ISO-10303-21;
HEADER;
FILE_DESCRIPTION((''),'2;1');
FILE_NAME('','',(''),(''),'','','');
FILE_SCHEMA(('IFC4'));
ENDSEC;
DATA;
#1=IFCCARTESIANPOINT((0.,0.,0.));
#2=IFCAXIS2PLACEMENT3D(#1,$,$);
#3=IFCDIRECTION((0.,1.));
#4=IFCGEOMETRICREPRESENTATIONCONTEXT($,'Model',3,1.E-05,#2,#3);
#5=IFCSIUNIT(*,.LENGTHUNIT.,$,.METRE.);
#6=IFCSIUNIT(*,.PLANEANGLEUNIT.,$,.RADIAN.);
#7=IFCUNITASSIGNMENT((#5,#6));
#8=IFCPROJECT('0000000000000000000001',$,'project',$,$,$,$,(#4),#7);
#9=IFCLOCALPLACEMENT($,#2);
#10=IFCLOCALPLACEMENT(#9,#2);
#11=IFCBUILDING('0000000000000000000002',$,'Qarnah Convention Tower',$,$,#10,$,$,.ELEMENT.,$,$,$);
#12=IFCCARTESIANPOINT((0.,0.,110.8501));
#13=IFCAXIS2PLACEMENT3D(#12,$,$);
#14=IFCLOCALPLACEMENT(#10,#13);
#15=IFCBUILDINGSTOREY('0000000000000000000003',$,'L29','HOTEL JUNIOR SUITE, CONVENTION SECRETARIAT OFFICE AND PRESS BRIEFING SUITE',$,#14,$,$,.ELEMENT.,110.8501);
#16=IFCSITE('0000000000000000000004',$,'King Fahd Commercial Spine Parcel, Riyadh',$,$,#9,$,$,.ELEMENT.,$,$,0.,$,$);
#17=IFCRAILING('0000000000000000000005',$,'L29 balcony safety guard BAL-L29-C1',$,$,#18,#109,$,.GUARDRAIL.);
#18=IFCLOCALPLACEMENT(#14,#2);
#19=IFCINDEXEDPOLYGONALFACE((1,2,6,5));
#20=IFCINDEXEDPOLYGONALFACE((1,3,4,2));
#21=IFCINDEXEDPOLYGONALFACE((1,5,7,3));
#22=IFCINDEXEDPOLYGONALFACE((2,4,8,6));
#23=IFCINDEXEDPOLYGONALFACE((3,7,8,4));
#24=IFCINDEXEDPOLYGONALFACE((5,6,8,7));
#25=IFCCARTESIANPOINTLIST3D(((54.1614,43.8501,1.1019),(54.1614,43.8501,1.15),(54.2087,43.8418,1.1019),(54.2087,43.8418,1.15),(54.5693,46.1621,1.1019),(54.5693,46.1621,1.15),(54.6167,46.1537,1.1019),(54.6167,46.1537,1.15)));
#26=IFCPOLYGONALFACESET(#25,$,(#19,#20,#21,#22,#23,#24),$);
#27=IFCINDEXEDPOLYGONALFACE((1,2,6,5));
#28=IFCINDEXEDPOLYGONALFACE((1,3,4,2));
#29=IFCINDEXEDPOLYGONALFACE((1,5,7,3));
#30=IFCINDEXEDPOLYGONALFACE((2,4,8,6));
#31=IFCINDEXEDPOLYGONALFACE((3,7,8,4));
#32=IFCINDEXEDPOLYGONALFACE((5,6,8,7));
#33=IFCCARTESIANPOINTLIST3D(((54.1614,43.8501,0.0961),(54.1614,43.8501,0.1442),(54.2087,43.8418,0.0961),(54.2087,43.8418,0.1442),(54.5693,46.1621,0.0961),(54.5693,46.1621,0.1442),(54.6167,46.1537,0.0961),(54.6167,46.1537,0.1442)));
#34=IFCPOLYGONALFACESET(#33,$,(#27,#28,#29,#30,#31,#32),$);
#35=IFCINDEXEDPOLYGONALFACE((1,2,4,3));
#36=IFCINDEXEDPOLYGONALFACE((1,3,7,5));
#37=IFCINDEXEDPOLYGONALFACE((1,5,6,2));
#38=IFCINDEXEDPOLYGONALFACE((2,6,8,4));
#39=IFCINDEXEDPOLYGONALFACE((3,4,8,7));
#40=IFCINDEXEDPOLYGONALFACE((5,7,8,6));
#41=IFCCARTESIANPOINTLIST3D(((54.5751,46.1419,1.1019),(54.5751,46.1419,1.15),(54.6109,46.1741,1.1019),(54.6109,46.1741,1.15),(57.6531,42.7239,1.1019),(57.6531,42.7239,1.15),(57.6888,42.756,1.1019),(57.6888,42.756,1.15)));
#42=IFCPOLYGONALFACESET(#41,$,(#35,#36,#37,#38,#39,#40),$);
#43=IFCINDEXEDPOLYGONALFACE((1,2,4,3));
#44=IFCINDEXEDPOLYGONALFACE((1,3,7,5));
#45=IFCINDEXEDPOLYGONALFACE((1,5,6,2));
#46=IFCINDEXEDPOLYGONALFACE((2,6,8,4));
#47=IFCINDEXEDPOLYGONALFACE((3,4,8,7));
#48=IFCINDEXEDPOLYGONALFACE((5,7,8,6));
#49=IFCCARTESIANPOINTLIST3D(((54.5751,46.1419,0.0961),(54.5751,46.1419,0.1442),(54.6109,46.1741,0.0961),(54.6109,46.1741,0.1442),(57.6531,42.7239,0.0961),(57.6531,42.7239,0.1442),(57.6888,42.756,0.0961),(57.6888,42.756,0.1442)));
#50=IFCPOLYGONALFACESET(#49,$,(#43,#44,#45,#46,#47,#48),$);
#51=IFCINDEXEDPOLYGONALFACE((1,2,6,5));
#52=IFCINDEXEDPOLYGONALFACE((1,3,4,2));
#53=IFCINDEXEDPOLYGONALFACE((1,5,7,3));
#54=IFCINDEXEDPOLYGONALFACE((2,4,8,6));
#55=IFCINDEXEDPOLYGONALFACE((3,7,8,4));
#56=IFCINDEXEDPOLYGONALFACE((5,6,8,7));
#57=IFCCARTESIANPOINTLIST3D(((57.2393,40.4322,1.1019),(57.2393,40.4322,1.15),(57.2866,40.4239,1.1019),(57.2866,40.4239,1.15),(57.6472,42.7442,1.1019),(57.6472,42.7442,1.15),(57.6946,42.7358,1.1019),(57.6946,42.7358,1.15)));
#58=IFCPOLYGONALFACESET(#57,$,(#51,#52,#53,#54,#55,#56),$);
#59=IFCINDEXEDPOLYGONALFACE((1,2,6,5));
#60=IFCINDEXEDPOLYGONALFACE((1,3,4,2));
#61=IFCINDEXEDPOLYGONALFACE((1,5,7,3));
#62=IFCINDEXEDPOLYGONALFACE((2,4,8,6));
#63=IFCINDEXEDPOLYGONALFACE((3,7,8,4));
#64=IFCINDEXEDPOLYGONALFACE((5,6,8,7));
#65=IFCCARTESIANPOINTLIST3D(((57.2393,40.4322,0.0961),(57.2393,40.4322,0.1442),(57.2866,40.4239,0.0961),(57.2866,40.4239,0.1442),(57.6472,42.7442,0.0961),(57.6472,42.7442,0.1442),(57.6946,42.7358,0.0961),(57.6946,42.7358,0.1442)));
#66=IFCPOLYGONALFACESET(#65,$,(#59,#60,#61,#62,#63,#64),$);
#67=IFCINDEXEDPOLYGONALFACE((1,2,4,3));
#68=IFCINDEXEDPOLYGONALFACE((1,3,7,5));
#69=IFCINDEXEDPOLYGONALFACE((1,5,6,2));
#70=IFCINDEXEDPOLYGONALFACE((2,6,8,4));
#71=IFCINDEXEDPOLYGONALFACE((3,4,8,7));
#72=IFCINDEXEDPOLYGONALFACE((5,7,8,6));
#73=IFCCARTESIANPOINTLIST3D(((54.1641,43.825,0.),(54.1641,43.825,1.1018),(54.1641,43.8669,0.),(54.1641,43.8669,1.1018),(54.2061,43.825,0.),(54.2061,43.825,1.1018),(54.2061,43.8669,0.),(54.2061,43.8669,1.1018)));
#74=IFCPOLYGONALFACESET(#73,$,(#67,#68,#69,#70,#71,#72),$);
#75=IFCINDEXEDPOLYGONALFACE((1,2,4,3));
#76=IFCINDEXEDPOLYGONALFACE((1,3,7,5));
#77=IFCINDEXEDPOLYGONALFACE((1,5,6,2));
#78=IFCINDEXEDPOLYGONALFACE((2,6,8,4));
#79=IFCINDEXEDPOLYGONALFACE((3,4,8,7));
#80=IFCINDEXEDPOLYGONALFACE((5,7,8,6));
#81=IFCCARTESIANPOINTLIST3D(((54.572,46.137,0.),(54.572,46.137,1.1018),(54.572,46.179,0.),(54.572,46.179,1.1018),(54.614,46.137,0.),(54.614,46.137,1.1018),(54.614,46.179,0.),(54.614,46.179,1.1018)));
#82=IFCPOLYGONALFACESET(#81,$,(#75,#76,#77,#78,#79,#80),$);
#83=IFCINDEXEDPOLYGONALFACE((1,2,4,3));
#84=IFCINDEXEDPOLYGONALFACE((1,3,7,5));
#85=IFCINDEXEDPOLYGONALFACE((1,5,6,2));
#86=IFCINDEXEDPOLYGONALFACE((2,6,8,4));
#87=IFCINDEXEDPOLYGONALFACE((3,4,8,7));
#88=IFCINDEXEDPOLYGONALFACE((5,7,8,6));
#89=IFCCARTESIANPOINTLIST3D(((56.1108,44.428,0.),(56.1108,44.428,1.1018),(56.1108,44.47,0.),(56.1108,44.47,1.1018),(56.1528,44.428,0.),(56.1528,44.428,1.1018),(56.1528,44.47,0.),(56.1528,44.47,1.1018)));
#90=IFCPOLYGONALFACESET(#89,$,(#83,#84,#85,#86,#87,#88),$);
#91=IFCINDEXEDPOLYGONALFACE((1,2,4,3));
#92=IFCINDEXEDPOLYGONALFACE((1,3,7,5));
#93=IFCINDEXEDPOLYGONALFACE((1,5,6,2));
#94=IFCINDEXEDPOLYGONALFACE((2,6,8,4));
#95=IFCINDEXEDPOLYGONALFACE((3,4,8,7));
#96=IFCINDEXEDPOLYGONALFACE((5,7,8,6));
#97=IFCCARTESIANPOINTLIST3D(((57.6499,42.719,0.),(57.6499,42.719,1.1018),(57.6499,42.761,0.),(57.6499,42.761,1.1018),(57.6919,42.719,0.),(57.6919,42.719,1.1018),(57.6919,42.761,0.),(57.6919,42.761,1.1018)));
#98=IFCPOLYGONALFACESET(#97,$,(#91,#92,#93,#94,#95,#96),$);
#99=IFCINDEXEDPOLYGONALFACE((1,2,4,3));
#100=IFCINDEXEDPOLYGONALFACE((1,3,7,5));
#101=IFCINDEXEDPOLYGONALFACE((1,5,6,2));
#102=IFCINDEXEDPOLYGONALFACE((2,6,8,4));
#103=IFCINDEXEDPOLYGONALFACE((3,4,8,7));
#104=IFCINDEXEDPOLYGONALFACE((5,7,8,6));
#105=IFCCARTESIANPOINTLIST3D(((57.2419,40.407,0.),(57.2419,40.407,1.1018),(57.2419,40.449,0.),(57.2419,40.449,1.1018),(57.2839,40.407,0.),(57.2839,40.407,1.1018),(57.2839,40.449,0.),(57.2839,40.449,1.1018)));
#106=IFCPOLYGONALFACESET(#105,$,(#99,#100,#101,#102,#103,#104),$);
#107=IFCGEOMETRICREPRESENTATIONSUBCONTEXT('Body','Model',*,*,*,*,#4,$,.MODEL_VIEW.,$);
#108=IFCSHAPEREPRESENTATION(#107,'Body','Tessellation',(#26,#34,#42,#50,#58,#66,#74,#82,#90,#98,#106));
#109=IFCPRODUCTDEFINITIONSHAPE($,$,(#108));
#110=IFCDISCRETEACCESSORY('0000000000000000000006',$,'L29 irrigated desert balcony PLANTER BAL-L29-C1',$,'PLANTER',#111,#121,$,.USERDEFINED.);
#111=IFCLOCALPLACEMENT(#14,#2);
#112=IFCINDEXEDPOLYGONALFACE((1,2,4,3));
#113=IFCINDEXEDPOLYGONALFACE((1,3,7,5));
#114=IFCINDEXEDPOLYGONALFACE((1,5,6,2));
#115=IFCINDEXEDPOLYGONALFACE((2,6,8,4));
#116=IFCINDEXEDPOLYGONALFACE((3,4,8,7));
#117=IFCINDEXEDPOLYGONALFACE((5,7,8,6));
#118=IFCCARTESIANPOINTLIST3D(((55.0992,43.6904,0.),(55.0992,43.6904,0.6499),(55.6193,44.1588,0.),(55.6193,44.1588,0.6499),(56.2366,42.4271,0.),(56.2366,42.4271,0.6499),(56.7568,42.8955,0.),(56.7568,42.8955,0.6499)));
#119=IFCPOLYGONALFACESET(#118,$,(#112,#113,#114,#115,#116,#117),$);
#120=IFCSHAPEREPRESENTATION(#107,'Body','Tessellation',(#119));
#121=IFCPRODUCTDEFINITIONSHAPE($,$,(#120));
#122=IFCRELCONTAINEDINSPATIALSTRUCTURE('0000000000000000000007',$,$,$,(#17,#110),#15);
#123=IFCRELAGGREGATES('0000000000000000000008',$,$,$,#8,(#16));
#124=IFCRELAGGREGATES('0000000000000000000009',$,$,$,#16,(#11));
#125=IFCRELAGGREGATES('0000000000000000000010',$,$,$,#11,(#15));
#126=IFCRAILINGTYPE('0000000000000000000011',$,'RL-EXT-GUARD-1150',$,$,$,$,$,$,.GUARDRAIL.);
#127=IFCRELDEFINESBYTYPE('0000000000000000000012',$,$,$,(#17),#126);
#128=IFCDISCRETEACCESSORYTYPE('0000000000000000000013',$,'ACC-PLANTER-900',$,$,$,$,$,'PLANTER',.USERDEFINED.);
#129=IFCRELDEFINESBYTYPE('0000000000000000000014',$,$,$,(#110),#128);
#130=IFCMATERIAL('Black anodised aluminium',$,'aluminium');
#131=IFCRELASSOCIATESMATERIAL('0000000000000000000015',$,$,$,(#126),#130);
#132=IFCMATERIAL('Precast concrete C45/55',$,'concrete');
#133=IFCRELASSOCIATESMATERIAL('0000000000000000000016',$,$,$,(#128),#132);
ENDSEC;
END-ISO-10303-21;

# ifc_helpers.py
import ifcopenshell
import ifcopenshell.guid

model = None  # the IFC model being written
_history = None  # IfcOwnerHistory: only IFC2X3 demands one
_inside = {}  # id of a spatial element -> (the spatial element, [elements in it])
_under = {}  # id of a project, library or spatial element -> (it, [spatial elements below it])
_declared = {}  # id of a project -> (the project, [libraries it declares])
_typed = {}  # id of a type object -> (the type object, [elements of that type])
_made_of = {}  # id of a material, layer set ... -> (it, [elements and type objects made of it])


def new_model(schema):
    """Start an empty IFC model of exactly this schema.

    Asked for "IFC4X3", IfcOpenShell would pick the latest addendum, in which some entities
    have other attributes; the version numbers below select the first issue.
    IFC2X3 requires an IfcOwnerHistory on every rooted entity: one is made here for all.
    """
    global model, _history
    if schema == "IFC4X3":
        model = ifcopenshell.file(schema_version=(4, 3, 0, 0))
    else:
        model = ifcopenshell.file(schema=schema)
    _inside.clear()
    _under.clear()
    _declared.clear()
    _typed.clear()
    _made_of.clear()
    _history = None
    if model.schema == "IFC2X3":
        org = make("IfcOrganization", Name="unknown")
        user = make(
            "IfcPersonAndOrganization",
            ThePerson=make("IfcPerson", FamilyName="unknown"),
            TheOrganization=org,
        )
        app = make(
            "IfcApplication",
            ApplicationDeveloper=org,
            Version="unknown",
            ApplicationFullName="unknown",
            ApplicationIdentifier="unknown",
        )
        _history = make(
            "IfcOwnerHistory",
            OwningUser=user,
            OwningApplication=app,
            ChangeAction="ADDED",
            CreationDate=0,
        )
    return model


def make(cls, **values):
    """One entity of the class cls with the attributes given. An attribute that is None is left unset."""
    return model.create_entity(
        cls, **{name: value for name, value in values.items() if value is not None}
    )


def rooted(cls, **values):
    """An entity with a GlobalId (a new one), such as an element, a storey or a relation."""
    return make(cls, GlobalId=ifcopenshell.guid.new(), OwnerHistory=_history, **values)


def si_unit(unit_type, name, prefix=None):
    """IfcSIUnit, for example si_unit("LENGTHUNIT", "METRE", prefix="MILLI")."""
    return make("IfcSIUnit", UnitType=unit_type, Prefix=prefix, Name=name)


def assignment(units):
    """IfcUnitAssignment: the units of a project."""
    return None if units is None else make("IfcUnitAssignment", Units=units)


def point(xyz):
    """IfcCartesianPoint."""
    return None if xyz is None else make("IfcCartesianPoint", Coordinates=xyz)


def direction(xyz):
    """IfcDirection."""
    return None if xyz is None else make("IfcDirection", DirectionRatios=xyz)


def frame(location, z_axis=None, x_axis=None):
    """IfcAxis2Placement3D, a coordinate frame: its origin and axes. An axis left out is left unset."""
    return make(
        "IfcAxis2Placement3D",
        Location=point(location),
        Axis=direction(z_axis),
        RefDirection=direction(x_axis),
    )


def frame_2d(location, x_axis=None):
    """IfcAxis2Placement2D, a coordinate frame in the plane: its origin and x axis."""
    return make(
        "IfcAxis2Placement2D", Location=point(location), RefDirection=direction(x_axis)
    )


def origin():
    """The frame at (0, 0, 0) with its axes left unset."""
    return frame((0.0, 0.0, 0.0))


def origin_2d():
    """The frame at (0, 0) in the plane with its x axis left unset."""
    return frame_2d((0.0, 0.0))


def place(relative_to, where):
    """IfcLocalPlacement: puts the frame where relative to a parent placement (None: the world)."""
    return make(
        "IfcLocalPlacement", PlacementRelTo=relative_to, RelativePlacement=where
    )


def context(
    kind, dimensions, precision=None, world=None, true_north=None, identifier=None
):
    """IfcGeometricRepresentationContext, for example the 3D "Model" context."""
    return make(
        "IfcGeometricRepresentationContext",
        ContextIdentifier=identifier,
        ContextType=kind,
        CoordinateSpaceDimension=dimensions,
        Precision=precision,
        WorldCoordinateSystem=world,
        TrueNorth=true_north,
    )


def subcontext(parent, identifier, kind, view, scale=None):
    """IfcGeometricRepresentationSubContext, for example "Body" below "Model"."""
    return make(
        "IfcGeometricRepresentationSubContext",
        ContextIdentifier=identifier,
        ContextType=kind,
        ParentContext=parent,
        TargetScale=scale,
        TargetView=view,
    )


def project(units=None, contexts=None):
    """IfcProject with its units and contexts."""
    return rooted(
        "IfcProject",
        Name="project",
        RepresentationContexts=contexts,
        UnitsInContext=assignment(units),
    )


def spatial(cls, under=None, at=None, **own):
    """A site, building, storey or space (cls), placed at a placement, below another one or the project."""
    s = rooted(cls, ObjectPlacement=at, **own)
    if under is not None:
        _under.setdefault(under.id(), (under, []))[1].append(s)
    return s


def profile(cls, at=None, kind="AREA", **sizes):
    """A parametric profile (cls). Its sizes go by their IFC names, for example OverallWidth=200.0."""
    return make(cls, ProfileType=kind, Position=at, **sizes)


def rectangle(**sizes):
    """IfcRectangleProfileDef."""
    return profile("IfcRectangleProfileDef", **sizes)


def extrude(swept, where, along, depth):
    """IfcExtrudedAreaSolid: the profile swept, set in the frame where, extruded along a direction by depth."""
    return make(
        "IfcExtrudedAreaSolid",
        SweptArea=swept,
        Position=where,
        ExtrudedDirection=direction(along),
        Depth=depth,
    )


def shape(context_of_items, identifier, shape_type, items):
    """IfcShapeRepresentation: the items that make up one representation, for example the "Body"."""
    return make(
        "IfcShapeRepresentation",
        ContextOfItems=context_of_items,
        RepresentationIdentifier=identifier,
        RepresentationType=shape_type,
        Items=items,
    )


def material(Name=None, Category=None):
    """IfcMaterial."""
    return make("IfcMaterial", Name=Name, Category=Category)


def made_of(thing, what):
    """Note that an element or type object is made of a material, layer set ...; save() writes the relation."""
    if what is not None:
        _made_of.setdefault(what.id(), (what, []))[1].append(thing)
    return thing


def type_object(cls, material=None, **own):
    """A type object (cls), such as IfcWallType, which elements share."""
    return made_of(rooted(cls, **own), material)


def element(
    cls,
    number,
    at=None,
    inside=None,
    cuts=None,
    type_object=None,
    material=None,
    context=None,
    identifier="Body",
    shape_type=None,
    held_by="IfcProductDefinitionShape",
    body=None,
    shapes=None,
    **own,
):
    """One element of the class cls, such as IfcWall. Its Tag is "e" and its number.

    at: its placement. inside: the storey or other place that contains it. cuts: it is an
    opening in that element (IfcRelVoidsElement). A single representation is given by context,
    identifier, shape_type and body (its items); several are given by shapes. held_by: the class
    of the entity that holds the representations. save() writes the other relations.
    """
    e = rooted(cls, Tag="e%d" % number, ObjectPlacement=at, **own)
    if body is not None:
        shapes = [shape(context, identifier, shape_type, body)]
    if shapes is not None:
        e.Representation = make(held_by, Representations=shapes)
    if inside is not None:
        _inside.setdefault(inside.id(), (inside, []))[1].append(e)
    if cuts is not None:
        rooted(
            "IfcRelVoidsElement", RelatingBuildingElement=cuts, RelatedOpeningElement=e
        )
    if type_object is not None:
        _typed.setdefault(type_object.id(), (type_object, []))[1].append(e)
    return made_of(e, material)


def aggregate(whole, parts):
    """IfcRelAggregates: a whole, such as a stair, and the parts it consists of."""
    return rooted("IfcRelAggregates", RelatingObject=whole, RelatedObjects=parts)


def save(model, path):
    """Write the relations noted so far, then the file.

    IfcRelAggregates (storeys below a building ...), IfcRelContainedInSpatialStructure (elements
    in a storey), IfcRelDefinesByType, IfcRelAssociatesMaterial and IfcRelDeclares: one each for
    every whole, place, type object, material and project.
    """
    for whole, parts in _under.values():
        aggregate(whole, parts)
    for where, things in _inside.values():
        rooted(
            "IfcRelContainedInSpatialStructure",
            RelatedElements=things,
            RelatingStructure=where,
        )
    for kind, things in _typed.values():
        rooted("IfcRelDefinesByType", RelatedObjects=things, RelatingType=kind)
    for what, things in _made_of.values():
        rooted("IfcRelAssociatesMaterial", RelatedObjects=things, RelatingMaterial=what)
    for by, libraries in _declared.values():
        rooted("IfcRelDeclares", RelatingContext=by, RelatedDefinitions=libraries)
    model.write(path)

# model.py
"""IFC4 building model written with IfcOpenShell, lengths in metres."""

from ifc_helpers import new_model, si_unit, direction, frame, origin, origin_2d, place, context, subcontext, project, spatial, rectangle, extrude, material, type_object, element, save


model = new_model("IFC4")

# Units and contexts
model_context = context("Model", 3, precision=1e-05, world=origin(), true_north=direction((0.0, 1.0)))
body_context = subcontext(model_context, "Body", "Model", "MODEL_VIEW")
ifc_project = project(units=[si_unit("LENGTHUNIT", "METRE"), si_unit("PLANEANGLEUNIT", "RADIAN")], contexts=[model_context])

# Site, building, storey
site_placement = place(None, origin())
site = spatial("IfcSite", under=ifc_project, at=site_placement, Name="King Fahd Commercial Spine Parcel, Riyadh", CompositionType="ELEMENT", RefElevation=0.0)
building_placement = place(site_placement, origin())
building = spatial("IfcBuilding", under=site, at=building_placement, Name="Qarnah Convention Tower", CompositionType="ELEMENT")
storey_placement = place(building_placement, frame((0.0, 0.0, 110.8501)))
storey = spatial("IfcBuildingStorey", under=building, at=storey_placement, Name="L29", Description="HOTEL JUNIOR SUITE, CONVENTION SECRETARIAT OFFICE AND PRESS BRIEFING SUITE", CompositionType="ELEMENT", Elevation=110.8501)

# Shared definitions
ifc_material_1 = material(Name="Black anodised aluminium", Category="aluminium")

# Shared definitions
ifc_material_2 = material(Name="Precast concrete C45/55", Category="concrete")

# Railing
railing_type = type_object("IfcRailingType", Name="RL-EXT-GUARD-1150", PredefinedType="GUARDRAIL", material=ifc_material_1)
railing_1_placement = place(storey_placement, frame((54.1851, 43.8459, 0.0)))
element("IfcRailing", 1, at=railing_1_placement, inside=storey, type_object=railing_type, Name="L29 balcony safety guard BAL-L29-C1", PredefinedType="GUARDRAIL", context=body_context, shape_type="SweptSolid", body=[
    extrude(rectangle(XDim=0.0481, YDim=0.0481, at=origin_2d()), frame((0.0, 0.0, 1.126), z_axis=(0.173768, 0.984787, 0.0), x_axis=(-0.984787, 0.173768, 0.0)), (0.0, 0.0, 1.0), 2.3477),
    extrude(rectangle(XDim=0.0481, YDim=0.0481, at=origin_2d()), frame((0.0, 0.0, 0.1201), z_axis=(0.173768, 0.984787, 0.0), x_axis=(-0.984787, 0.173768, 0.0)), (0.0, 0.0, 1.0), 2.3477),
    extrude(rectangle(XDim=0.0481, YDim=0.0481, at=origin_2d()), frame((0.408, 2.312, 1.126), z_axis=(0.66917, -0.743109, 0.0), x_axis=(0.743109, 0.66917, 0.0)), (0.0, 0.0, 1.0), 4.5996),
    extrude(rectangle(XDim=0.0481, YDim=0.0481, at=origin_2d()), frame((0.408, 2.312, 0.1201), z_axis=(0.66917, -0.743109, 0.0), x_axis=(0.743109, 0.66917, 0.0)), (0.0, 0.0, 1.0), 4.5996),
    extrude(rectangle(XDim=0.0481, YDim=0.0481, at=origin_2d()), frame((3.4858, -1.106, 1.126), z_axis=(-0.173768, -0.984787, 0.0), x_axis=(0.984787, -0.173768, 0.0)), (0.0, 0.0, 1.0), 2.3477),
    extrude(rectangle(XDim=0.0481, YDim=0.0481, at=origin_2d()), frame((3.4858, -1.106, 0.1201), z_axis=(-0.173768, -0.984787, 0.0), x_axis=(0.984787, -0.173768, 0.0)), (0.0, 0.0, 1.0), 2.3477),
    extrude(rectangle(XDim=0.042, YDim=0.042, at=origin_2d()), origin(), (0.0, 0.0, 1.0), 1.1018),
    extrude(rectangle(XDim=0.042, YDim=0.042, at=origin_2d()), frame((0.408, 2.312, 0.0)), (0.0, 0.0, 1.0), 1.1018),
    extrude(rectangle(XDim=0.042, YDim=0.042, at=origin_2d()), frame((1.9468, 0.603, 0.0)), (0.0, 0.0, 1.0), 1.1018),
    extrude(rectangle(XDim=0.042, YDim=0.042, at=origin_2d()), frame((3.4858, -1.106, 0.0)), (0.0, 0.0, 1.0), 1.1018),
    extrude(rectangle(XDim=0.042, YDim=0.042, at=origin_2d()), frame((3.0779, -3.418, 0.0)), (0.0, 0.0, 1.0), 1.1018),
])

# Discrete accessory
discrete_accessory_type = type_object("IfcDiscreteAccessoryType", Name="ACC-PLANTER-900", ElementType="PLANTER", PredefinedType="USERDEFINED", material=ifc_material_2)
discrete_accessory_placement = place(storey_placement, frame((55.928, 43.293, 0.0), z_axis=(0.0, 0.0, 1.0), x_axis=(-0.669131, 0.743145, 0.0)))
element("IfcDiscreteAccessory", 2, at=discrete_accessory_placement, inside=storey, type_object=discrete_accessory_type, Name="L29 irrigated desert balcony PLANTER BAL-L29-C1", ObjectType="PLANTER", PredefinedType="USERDEFINED", context=body_context, shape_type="SweptSolid", body=[
    extrude(rectangle(XDim=1.7, YDim=0.7, at=origin_2d()), origin(), (0.0, 0.0, 1.0), 0.6499),
])

save(model, "model.ifc")
